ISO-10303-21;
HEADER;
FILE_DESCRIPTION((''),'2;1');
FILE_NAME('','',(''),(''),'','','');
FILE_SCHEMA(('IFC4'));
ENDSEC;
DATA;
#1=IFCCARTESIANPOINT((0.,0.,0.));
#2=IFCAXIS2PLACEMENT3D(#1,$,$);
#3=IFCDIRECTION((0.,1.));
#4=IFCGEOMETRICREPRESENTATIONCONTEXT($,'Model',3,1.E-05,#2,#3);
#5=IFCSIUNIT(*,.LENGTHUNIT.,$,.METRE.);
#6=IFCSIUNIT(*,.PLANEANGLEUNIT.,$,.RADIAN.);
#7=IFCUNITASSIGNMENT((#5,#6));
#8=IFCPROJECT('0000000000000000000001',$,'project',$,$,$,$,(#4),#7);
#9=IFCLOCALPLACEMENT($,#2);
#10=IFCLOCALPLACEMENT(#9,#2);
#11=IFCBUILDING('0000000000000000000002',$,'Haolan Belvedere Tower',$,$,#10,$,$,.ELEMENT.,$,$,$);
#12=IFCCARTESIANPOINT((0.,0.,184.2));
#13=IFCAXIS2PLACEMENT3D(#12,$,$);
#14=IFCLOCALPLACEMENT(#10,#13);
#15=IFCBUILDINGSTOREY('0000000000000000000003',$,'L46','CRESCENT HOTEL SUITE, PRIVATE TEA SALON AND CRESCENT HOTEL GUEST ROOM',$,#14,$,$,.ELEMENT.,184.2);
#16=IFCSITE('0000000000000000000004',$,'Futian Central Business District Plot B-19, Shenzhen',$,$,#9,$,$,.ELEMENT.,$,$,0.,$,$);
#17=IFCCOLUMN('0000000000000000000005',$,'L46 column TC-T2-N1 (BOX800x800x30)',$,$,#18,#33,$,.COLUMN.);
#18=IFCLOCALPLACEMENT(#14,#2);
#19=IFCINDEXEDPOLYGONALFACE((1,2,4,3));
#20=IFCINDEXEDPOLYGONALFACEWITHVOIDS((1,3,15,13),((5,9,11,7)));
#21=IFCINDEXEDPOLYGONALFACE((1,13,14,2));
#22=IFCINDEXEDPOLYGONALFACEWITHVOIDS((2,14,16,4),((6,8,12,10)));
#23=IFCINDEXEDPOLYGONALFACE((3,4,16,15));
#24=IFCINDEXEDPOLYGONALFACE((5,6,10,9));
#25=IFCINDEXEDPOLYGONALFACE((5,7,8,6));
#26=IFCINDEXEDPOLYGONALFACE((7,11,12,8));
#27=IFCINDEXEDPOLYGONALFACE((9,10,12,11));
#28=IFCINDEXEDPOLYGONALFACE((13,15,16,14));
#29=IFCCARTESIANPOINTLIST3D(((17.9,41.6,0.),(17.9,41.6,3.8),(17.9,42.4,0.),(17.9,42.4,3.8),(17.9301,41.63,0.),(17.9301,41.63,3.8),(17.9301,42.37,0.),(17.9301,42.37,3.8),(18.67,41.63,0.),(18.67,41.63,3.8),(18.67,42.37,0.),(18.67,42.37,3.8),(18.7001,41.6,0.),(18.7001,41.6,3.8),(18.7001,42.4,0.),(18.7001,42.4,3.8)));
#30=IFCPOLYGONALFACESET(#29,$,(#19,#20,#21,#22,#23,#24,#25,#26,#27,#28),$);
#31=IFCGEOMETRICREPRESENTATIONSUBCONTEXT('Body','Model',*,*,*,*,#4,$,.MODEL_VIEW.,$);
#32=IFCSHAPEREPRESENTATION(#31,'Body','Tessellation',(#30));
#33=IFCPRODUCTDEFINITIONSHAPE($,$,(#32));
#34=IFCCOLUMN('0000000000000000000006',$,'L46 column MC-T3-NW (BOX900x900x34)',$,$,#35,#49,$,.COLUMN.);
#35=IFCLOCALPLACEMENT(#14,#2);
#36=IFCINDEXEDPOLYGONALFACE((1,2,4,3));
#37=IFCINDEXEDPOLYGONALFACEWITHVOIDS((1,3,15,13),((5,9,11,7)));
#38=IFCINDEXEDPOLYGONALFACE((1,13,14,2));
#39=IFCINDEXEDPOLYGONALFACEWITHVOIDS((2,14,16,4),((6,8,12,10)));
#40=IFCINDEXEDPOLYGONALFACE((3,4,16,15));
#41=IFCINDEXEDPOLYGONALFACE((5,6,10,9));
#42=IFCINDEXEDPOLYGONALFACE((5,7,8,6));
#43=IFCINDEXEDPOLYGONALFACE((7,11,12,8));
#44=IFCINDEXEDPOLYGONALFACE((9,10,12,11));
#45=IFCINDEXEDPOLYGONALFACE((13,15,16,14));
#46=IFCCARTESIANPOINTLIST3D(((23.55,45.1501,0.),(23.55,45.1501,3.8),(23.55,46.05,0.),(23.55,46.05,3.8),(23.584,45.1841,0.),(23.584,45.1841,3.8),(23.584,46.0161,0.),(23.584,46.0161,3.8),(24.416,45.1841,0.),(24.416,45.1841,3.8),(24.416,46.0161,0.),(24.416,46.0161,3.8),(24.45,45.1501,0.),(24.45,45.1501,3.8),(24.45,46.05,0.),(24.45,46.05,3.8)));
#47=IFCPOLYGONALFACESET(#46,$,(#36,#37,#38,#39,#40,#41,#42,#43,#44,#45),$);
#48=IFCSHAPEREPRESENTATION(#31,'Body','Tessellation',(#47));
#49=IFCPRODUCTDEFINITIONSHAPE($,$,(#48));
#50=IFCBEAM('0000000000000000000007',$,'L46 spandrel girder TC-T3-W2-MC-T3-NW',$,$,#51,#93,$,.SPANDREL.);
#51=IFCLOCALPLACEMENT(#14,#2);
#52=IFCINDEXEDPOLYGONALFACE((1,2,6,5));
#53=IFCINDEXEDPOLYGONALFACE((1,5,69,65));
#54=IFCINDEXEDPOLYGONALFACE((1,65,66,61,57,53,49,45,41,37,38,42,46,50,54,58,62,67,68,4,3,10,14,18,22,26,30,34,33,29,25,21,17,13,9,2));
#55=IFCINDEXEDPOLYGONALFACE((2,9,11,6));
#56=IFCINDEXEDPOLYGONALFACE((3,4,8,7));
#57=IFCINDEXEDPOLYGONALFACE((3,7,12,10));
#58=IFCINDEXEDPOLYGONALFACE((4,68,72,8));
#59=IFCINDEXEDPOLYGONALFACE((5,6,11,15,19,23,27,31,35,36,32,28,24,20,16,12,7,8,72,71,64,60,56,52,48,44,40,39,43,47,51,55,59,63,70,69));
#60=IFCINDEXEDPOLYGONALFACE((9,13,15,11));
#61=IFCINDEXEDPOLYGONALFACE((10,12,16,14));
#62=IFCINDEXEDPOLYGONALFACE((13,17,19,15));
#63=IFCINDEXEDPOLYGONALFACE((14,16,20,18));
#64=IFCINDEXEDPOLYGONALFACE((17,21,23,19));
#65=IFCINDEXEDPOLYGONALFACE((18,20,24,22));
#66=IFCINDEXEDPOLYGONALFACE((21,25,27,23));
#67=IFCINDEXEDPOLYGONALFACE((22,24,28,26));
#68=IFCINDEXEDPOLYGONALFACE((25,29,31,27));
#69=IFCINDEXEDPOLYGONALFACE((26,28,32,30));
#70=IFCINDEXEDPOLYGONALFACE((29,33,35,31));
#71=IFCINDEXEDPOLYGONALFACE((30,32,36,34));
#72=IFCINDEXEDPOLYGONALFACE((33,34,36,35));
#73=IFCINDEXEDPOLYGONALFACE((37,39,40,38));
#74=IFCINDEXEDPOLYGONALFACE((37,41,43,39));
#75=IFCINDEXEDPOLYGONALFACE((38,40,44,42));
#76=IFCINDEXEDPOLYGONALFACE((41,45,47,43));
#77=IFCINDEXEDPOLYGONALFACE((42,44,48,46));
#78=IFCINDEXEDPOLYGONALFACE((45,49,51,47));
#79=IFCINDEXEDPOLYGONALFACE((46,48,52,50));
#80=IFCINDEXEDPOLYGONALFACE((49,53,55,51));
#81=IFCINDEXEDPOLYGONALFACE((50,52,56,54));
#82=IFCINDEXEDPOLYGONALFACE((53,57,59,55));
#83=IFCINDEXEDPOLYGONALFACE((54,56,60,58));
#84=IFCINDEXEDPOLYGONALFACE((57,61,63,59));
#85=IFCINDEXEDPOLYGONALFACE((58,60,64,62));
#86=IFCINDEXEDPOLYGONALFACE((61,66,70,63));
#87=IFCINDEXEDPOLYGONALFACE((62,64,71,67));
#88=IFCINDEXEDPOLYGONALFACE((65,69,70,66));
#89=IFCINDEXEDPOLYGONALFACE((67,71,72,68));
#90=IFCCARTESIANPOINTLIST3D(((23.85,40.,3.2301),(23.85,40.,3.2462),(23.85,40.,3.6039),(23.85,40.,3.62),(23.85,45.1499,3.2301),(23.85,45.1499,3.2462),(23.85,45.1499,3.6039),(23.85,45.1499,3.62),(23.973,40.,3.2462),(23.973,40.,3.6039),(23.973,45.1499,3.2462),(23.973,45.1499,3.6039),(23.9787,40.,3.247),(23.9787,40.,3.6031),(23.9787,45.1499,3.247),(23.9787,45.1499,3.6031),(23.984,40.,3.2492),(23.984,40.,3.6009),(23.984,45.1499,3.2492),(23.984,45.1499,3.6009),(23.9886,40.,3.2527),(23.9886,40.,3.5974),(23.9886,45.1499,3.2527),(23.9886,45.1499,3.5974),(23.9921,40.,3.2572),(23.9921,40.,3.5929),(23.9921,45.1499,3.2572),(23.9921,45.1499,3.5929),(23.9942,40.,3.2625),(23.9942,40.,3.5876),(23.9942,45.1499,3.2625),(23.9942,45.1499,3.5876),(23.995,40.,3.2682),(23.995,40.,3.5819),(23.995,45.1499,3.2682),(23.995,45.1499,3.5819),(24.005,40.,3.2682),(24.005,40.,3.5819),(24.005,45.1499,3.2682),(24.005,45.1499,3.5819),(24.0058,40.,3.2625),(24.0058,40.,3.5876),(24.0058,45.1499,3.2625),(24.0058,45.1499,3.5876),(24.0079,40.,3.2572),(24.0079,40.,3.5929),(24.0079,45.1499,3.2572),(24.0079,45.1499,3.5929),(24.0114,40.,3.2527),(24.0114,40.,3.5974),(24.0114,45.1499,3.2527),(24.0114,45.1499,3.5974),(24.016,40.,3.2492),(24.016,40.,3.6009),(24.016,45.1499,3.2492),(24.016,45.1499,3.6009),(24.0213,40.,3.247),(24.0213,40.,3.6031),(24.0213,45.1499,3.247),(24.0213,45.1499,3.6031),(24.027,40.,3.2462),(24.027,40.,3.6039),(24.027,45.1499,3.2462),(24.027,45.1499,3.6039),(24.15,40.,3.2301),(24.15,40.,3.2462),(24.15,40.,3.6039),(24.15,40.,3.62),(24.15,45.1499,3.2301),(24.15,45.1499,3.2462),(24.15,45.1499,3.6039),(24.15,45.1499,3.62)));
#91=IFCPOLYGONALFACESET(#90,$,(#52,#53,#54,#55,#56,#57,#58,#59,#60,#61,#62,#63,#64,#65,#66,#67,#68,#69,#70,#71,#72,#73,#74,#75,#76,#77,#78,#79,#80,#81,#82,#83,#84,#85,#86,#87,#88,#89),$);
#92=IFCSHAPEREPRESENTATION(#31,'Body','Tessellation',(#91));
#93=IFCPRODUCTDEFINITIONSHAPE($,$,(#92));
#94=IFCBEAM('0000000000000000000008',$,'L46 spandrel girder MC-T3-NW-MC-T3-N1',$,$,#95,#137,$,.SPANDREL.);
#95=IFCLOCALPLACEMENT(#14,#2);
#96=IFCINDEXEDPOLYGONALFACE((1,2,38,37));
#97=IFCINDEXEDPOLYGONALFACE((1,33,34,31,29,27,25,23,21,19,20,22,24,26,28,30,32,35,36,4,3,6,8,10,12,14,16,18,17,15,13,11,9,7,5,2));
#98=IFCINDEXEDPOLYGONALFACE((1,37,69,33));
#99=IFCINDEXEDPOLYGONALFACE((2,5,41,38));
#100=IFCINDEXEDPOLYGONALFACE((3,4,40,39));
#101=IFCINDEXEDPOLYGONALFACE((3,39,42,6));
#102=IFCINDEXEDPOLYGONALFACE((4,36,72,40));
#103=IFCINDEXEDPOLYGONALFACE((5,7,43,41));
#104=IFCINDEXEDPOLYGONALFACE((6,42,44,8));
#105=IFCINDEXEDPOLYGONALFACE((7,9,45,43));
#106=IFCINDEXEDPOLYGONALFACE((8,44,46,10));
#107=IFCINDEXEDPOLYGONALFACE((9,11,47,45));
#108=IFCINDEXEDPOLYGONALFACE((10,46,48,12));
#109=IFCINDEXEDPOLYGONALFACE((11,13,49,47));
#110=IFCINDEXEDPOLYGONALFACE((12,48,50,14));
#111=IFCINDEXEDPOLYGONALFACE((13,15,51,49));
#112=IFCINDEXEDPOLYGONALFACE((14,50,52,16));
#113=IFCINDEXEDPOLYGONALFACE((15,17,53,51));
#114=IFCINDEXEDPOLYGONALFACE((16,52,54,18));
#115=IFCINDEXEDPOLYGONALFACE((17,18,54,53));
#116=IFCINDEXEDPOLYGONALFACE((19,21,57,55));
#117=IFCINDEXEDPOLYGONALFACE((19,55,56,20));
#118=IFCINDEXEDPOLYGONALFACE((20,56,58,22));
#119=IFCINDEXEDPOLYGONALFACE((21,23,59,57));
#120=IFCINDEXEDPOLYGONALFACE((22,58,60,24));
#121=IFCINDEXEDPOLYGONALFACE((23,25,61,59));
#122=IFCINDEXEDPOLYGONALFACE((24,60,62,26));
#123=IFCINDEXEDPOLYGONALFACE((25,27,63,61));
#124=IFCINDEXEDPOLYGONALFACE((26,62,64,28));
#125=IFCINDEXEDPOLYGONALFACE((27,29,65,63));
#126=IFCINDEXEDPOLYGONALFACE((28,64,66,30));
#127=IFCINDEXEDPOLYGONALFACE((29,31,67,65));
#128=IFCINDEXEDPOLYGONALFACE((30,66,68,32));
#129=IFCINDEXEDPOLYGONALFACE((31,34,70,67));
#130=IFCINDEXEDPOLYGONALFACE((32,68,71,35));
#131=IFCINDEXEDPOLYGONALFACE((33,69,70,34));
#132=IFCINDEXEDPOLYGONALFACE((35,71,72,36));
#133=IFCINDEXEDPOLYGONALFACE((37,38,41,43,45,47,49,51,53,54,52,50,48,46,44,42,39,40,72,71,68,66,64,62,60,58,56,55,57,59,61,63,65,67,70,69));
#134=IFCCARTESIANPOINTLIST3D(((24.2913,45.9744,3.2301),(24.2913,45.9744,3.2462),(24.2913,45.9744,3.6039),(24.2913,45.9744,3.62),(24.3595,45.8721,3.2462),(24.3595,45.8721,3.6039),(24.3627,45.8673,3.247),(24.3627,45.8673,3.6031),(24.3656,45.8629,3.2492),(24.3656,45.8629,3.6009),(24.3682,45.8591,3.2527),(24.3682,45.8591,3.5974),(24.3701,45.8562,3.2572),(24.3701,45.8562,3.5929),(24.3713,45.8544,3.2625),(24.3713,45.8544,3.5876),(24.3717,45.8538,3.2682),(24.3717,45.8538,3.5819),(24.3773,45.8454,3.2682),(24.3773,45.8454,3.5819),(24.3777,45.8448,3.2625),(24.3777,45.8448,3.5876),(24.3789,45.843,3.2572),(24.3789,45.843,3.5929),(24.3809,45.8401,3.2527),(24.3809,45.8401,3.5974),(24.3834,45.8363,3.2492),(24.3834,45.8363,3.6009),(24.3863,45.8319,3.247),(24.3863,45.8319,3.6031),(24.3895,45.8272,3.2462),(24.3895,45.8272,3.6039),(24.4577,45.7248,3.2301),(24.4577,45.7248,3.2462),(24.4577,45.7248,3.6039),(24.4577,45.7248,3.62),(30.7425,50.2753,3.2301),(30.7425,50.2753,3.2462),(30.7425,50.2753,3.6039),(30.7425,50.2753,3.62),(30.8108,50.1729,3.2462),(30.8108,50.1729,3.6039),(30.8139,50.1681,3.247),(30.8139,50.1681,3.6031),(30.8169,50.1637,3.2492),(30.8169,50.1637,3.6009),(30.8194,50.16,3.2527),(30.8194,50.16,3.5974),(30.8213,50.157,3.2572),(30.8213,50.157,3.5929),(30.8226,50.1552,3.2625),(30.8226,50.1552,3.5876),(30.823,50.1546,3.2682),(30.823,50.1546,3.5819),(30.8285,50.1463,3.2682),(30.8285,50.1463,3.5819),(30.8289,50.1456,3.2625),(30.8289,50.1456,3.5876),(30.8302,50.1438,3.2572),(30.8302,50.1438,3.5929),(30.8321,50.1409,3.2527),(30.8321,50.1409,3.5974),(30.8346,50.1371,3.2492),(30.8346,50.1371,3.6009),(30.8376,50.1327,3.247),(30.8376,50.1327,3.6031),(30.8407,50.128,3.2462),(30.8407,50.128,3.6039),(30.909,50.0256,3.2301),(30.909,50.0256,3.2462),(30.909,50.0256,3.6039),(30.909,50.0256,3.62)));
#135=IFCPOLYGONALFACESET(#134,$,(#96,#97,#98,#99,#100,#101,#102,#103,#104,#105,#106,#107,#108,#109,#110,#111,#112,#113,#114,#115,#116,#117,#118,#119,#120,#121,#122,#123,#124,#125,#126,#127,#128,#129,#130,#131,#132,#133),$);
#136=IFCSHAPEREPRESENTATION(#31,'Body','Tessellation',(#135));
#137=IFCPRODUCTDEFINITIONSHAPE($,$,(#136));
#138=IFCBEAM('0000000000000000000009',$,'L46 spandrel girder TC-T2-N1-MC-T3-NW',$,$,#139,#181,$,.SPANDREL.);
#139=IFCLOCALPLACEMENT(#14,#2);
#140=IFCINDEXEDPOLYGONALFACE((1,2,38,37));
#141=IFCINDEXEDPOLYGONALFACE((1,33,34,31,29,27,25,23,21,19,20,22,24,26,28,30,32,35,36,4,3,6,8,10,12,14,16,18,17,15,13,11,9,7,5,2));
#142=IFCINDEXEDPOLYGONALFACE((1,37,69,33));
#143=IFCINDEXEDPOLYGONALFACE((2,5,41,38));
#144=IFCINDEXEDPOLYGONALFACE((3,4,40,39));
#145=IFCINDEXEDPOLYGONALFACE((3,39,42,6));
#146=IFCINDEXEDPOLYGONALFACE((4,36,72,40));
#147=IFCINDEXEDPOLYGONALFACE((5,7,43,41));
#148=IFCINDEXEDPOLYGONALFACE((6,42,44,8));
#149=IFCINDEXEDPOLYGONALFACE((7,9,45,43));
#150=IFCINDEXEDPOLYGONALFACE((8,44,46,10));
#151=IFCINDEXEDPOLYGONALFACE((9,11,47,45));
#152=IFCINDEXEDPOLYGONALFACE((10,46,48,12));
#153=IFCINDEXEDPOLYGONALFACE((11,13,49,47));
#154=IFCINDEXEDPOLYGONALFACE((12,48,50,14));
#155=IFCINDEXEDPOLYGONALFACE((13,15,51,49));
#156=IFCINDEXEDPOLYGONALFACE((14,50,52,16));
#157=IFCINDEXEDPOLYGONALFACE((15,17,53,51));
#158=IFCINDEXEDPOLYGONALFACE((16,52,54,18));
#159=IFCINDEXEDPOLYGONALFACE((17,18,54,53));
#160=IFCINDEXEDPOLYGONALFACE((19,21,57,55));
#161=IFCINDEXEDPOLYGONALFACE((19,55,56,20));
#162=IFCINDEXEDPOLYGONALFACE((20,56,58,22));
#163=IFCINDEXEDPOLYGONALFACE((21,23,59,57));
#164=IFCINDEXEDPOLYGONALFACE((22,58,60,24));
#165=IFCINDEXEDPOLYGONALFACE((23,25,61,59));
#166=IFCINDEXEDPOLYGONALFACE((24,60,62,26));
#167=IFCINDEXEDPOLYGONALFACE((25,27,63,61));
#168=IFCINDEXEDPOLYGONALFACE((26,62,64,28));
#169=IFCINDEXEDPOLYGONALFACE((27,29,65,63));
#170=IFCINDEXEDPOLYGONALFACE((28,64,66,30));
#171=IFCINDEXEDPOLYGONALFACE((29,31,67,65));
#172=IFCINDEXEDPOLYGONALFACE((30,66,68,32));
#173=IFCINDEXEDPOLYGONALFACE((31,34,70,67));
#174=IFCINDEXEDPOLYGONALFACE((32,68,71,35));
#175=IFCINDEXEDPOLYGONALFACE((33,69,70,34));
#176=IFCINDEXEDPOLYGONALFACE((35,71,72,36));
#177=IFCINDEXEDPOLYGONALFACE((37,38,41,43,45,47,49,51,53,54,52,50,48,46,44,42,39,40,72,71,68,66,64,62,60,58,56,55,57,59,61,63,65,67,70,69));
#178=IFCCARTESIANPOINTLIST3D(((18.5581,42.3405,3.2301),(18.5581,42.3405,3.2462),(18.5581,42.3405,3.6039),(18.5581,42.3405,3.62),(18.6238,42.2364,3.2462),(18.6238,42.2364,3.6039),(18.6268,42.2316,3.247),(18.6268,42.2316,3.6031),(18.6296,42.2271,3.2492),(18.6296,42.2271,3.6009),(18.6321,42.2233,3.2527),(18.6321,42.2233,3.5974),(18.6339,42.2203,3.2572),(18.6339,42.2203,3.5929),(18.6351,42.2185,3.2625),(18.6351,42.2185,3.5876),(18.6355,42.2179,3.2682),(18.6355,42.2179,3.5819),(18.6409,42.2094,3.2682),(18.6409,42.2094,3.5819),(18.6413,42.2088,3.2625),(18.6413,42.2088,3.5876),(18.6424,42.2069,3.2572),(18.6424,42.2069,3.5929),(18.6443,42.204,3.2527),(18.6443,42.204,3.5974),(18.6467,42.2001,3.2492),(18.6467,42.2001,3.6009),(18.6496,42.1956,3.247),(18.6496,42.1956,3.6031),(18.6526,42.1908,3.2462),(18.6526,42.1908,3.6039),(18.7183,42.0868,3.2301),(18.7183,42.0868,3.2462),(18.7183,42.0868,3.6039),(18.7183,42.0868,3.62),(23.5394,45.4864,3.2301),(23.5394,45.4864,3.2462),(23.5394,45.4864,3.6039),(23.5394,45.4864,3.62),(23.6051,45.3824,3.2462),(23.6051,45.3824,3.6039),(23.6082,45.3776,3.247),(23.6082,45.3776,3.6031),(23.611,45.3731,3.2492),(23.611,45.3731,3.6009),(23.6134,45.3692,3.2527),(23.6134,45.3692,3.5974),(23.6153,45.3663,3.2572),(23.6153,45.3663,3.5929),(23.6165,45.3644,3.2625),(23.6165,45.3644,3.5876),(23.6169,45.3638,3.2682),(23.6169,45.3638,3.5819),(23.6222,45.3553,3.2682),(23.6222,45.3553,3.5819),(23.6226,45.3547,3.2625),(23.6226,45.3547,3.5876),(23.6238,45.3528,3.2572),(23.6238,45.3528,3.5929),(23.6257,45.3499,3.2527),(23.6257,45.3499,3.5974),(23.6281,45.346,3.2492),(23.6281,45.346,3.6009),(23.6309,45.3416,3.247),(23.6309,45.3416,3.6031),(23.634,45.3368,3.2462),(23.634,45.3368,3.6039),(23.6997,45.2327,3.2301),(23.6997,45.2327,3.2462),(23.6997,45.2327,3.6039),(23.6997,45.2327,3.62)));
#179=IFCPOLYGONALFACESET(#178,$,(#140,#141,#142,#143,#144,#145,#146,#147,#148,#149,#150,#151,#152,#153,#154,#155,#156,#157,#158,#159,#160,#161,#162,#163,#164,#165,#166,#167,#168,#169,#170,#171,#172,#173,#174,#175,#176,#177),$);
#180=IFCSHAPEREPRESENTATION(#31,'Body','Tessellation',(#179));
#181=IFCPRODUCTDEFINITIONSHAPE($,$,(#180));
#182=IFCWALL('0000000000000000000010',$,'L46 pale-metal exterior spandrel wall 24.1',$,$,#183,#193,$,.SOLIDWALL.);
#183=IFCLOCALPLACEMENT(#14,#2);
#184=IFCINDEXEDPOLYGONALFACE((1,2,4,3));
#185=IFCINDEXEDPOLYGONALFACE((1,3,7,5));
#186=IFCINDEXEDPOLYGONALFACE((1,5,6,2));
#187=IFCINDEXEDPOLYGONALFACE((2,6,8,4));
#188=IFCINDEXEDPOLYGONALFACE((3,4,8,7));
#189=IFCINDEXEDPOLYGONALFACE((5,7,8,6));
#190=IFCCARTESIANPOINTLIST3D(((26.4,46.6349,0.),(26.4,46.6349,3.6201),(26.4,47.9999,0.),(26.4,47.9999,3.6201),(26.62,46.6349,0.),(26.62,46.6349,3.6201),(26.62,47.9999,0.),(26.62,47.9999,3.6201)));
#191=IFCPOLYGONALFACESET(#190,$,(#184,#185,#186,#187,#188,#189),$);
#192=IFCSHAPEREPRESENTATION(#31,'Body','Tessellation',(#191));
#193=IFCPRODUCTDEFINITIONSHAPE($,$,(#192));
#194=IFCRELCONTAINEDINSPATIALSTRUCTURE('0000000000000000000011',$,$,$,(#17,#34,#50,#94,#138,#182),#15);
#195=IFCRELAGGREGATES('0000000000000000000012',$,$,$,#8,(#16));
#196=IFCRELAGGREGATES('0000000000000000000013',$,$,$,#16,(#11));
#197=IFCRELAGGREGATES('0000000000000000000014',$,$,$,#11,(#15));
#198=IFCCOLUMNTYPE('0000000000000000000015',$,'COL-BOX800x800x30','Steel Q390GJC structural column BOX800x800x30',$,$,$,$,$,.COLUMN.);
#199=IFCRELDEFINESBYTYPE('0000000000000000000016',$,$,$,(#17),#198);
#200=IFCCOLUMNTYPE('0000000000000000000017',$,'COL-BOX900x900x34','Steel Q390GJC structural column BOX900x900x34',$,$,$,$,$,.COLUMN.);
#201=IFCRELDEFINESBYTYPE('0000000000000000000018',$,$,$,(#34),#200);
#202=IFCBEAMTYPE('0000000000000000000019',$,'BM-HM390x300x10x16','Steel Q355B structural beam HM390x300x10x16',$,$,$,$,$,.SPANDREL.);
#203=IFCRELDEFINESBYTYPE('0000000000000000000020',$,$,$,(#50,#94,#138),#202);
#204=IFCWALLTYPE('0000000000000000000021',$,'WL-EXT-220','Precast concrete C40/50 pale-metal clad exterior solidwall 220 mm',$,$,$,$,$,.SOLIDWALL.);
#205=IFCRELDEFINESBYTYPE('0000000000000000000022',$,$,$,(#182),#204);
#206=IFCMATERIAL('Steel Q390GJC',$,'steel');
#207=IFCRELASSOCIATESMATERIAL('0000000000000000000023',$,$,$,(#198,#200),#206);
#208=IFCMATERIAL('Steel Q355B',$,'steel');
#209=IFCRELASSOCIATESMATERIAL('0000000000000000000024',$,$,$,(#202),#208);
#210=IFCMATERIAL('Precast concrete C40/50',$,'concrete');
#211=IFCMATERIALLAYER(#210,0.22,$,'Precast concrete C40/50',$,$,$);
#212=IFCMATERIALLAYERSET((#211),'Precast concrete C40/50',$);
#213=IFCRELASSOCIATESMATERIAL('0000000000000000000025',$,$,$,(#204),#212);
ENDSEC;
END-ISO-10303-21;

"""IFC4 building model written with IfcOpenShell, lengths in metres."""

from ifc_helpers import new_model, si_unit, direction, frame, frame_2d, origin, origin_2d, place, context, subcontext, project, spatial, rectangle, hollow_rectangle, i_section, extrude, material, layer, layer_set, material_profile, profile_set, type_object, element, save


model = new_model("IFC4")

# Units and contexts
model_context = context("Model", 3, precision=1e-05, world=origin(), true_north=direction((0.0, 1.0)))
body_context = subcontext(model_context, "Body", "Model", "MODEL_VIEW")
ifc_project = project(units=[si_unit("LENGTHUNIT", "METRE"), si_unit("PLANEANGLEUNIT", "RADIAN")], contexts=[model_context])

# Site, building, storey
site_placement = place(None, origin())
site = spatial("IfcSite", under=ifc_project, at=site_placement, Name="Futian Central Business District Plot B-19, Shenzhen", CompositionType="ELEMENT", RefElevation=0.0)
building_placement = place(site_placement, origin())
building = spatial("IfcBuilding", under=site, at=building_placement, Name="Haolan Belvedere Tower", CompositionType="ELEMENT")
storey_placement = place(building_placement, frame((0.0, 0.0, 184.2)))
storey = spatial("IfcBuildingStorey", under=building, at=storey_placement, Name="L46", Description="CRESCENT HOTEL SUITE, PRIVATE TEA SALON AND CRESCENT HOTEL GUEST ROOM", CompositionType="ELEMENT", Elevation=184.2)

# Columns
ifc_material_1 = material(Name="Steel Q390GJC", Category="steel")
ifc_material_profile_1 = material_profile(ifc_material_1, hollow_rectangle(XDim=0.8, YDim=0.8, WallThickness=0.03, at=origin_2d()), Name="Steel Q390GJC")
ifc_profile_set_1 = profile_set([ifc_material_profile_1], Name="Steel Q390GJC")
column_type_1 = type_object("IfcColumnType", Name="COL-BOX800x800x30", Description="Steel Q390GJC structural column BOX800x800x30", PredefinedType="COLUMN", material=ifc_profile_set_1)
column_1_placement = place(storey_placement, frame((18.3, 42.0, 0.0), z_axis=(0.0, 0.0, 1.0), x_axis=(1.0, 0.0, 0.0)))
element("IfcColumn", 1, at=column_1_placement, inside=storey, type_object=column_type_1, Name="L46 column TC-T2-N1 (BOX800x800x30)", PredefinedType="COLUMN", context=body_context, shape_type="SweptSolid", body=[
    extrude(hollow_rectangle(XDim=0.8, YDim=0.8, WallThickness=0.03, at=origin_2d()), origin(), (0.0, 0.0, 1.0), 3.8),
])
ifc_material_profile_2 = material_profile(ifc_material_1, hollow_rectangle(XDim=0.8999, YDim=0.8999, WallThickness=0.0339, at=origin_2d()), Name="Steel Q390GJC")
ifc_profile_set_2 = profile_set([ifc_material_profile_2], Name="Steel Q390GJC")
column_type_2 = type_object("IfcColumnType", Name="COL-BOX900x900x34", Description="Steel Q390GJC structural column BOX900x900x34", PredefinedType="COLUMN", material=ifc_profile_set_2)
column_2_placement = place(storey_placement, frame((24.0, 45.6001, 0.0), z_axis=(0.0, 0.0, 1.0), x_axis=(1.0, 0.0, 0.0)))
element("IfcColumn", 2, at=column_2_placement, inside=storey, type_object=column_type_2, Name="L46 column MC-T3-NW (BOX900x900x34)", PredefinedType="COLUMN", context=body_context, shape_type="SweptSolid", body=[
    extrude(hollow_rectangle(XDim=0.8999, YDim=0.8999, WallThickness=0.0339, at=origin_2d()), origin(), (0.0, 0.0, 1.0), 3.8),
])

# Beams
ifc_material_2 = material(Name="Steel Q355B", Category="steel")
ifc_material_profile_3 = material_profile(ifc_material_2, i_section(OverallWidth=0.3, OverallDepth=0.3899, WebThickness=0.01, FlangeThickness=0.0161, FilletRadius=0.022, at=origin_2d()), Name="Steel Q355B")
ifc_profile_set_3 = profile_set([ifc_material_profile_3], Name="Steel Q355B")
beam_type = type_object("IfcBeamType", Name="BM-HM390x300x10x16", Description="Steel Q355B structural beam HM390x300x10x16", PredefinedType="SPANDREL", material=ifc_profile_set_3)
beam_1_placement = place(storey_placement, frame((24.0, 40.0, 3.425), z_axis=(0.0, 1.0, 0.0), x_axis=(-1.0, 0.0, 0.0)))
element("IfcBeam", 3, at=beam_1_placement, inside=storey, type_object=beam_type, Name="L46 spandrel girder TC-T3-W2-MC-T3-NW", PredefinedType="SPANDREL", context=body_context, shape_type="SweptSolid", body=[
    extrude(i_section(OverallWidth=0.3, OverallDepth=0.3899, WebThickness=0.01, FlangeThickness=0.0161, FilletRadius=0.022, at=origin_2d()), origin(), (0.0, 0.0, 1.0), 5.1499),
])
beam_2_placement = place(storey_placement, frame((24.3745, 45.8496, 3.425), z_axis=(0.83205, 0.5547, 0.0), x_axis=(-0.5547, 0.83205, 0.0)))
element("IfcBeam", 4, at=beam_2_placement, inside=storey, type_object=beam_type, Name="L46 spandrel girder MC-T3-NW-MC-T3-N1", PredefinedType="SPANDREL", context=body_context, shape_type="SweptSolid", body=[
    extrude(i_section(OverallWidth=0.3, OverallDepth=0.3899, WebThickness=0.01, FlangeThickness=0.0161, FilletRadius=0.022, at=origin_2d()), origin(), (0.0, 0.0, 1.0), 7.7534),
])
beam_3_placement = place(storey_placement, frame((18.6382, 42.2136, 3.425), z_axis=(0.845503, 0.533971, 0.0), x_axis=(-0.533971, 0.845503, 0.0)))
element("IfcBeam", 5, at=beam_3_placement, inside=storey, type_object=beam_type, Name="L46 spandrel girder TC-T2-N1-MC-T3-NW", PredefinedType="SPANDREL", context=body_context, shape_type="SweptSolid", body=[
    extrude(i_section(OverallWidth=0.3, OverallDepth=0.3899, WebThickness=0.01, FlangeThickness=0.0161, FilletRadius=0.022, at=origin_2d()), origin(), (0.0, 0.0, 1.0), 5.8916),
])

# Wall
ifc_material_3 = material(Name="Precast concrete C40/50", Category="concrete")
ifc_layer_1 = layer(ifc_material_3, 0.22, Name="Precast concrete C40/50")
ifc_layer_set_1 = layer_set([ifc_layer_1], Name="Precast concrete C40/50")
wall_type_1 = type_object("IfcWallType", Name="WL-EXT-220", Description="Precast concrete C40/50 pale-metal clad exterior solidwall 220 mm", PredefinedType="SOLIDWALL", material=ifc_layer_set_1)
wall_1_placement = place(storey_placement, frame((26.51, 48.0, 0.0), z_axis=(0.0, 0.0, 1.0), x_axis=(0.0, -1.0, 0.0)))
element("IfcWall", 6, at=wall_1_placement, inside=storey, type_object=wall_type_1, Name="L46 pale-metal exterior spandrel wall 24.1", PredefinedType="SOLIDWALL", context=body_context, shape_type="SweptSolid", body=[
    extrude(rectangle(XDim=1.365, YDim=0.22, at=frame_2d((0.6826, 0.0))), origin(), (0.0, 0.0, 1.0), 3.6201),
])

save(model, "model.ifc")
